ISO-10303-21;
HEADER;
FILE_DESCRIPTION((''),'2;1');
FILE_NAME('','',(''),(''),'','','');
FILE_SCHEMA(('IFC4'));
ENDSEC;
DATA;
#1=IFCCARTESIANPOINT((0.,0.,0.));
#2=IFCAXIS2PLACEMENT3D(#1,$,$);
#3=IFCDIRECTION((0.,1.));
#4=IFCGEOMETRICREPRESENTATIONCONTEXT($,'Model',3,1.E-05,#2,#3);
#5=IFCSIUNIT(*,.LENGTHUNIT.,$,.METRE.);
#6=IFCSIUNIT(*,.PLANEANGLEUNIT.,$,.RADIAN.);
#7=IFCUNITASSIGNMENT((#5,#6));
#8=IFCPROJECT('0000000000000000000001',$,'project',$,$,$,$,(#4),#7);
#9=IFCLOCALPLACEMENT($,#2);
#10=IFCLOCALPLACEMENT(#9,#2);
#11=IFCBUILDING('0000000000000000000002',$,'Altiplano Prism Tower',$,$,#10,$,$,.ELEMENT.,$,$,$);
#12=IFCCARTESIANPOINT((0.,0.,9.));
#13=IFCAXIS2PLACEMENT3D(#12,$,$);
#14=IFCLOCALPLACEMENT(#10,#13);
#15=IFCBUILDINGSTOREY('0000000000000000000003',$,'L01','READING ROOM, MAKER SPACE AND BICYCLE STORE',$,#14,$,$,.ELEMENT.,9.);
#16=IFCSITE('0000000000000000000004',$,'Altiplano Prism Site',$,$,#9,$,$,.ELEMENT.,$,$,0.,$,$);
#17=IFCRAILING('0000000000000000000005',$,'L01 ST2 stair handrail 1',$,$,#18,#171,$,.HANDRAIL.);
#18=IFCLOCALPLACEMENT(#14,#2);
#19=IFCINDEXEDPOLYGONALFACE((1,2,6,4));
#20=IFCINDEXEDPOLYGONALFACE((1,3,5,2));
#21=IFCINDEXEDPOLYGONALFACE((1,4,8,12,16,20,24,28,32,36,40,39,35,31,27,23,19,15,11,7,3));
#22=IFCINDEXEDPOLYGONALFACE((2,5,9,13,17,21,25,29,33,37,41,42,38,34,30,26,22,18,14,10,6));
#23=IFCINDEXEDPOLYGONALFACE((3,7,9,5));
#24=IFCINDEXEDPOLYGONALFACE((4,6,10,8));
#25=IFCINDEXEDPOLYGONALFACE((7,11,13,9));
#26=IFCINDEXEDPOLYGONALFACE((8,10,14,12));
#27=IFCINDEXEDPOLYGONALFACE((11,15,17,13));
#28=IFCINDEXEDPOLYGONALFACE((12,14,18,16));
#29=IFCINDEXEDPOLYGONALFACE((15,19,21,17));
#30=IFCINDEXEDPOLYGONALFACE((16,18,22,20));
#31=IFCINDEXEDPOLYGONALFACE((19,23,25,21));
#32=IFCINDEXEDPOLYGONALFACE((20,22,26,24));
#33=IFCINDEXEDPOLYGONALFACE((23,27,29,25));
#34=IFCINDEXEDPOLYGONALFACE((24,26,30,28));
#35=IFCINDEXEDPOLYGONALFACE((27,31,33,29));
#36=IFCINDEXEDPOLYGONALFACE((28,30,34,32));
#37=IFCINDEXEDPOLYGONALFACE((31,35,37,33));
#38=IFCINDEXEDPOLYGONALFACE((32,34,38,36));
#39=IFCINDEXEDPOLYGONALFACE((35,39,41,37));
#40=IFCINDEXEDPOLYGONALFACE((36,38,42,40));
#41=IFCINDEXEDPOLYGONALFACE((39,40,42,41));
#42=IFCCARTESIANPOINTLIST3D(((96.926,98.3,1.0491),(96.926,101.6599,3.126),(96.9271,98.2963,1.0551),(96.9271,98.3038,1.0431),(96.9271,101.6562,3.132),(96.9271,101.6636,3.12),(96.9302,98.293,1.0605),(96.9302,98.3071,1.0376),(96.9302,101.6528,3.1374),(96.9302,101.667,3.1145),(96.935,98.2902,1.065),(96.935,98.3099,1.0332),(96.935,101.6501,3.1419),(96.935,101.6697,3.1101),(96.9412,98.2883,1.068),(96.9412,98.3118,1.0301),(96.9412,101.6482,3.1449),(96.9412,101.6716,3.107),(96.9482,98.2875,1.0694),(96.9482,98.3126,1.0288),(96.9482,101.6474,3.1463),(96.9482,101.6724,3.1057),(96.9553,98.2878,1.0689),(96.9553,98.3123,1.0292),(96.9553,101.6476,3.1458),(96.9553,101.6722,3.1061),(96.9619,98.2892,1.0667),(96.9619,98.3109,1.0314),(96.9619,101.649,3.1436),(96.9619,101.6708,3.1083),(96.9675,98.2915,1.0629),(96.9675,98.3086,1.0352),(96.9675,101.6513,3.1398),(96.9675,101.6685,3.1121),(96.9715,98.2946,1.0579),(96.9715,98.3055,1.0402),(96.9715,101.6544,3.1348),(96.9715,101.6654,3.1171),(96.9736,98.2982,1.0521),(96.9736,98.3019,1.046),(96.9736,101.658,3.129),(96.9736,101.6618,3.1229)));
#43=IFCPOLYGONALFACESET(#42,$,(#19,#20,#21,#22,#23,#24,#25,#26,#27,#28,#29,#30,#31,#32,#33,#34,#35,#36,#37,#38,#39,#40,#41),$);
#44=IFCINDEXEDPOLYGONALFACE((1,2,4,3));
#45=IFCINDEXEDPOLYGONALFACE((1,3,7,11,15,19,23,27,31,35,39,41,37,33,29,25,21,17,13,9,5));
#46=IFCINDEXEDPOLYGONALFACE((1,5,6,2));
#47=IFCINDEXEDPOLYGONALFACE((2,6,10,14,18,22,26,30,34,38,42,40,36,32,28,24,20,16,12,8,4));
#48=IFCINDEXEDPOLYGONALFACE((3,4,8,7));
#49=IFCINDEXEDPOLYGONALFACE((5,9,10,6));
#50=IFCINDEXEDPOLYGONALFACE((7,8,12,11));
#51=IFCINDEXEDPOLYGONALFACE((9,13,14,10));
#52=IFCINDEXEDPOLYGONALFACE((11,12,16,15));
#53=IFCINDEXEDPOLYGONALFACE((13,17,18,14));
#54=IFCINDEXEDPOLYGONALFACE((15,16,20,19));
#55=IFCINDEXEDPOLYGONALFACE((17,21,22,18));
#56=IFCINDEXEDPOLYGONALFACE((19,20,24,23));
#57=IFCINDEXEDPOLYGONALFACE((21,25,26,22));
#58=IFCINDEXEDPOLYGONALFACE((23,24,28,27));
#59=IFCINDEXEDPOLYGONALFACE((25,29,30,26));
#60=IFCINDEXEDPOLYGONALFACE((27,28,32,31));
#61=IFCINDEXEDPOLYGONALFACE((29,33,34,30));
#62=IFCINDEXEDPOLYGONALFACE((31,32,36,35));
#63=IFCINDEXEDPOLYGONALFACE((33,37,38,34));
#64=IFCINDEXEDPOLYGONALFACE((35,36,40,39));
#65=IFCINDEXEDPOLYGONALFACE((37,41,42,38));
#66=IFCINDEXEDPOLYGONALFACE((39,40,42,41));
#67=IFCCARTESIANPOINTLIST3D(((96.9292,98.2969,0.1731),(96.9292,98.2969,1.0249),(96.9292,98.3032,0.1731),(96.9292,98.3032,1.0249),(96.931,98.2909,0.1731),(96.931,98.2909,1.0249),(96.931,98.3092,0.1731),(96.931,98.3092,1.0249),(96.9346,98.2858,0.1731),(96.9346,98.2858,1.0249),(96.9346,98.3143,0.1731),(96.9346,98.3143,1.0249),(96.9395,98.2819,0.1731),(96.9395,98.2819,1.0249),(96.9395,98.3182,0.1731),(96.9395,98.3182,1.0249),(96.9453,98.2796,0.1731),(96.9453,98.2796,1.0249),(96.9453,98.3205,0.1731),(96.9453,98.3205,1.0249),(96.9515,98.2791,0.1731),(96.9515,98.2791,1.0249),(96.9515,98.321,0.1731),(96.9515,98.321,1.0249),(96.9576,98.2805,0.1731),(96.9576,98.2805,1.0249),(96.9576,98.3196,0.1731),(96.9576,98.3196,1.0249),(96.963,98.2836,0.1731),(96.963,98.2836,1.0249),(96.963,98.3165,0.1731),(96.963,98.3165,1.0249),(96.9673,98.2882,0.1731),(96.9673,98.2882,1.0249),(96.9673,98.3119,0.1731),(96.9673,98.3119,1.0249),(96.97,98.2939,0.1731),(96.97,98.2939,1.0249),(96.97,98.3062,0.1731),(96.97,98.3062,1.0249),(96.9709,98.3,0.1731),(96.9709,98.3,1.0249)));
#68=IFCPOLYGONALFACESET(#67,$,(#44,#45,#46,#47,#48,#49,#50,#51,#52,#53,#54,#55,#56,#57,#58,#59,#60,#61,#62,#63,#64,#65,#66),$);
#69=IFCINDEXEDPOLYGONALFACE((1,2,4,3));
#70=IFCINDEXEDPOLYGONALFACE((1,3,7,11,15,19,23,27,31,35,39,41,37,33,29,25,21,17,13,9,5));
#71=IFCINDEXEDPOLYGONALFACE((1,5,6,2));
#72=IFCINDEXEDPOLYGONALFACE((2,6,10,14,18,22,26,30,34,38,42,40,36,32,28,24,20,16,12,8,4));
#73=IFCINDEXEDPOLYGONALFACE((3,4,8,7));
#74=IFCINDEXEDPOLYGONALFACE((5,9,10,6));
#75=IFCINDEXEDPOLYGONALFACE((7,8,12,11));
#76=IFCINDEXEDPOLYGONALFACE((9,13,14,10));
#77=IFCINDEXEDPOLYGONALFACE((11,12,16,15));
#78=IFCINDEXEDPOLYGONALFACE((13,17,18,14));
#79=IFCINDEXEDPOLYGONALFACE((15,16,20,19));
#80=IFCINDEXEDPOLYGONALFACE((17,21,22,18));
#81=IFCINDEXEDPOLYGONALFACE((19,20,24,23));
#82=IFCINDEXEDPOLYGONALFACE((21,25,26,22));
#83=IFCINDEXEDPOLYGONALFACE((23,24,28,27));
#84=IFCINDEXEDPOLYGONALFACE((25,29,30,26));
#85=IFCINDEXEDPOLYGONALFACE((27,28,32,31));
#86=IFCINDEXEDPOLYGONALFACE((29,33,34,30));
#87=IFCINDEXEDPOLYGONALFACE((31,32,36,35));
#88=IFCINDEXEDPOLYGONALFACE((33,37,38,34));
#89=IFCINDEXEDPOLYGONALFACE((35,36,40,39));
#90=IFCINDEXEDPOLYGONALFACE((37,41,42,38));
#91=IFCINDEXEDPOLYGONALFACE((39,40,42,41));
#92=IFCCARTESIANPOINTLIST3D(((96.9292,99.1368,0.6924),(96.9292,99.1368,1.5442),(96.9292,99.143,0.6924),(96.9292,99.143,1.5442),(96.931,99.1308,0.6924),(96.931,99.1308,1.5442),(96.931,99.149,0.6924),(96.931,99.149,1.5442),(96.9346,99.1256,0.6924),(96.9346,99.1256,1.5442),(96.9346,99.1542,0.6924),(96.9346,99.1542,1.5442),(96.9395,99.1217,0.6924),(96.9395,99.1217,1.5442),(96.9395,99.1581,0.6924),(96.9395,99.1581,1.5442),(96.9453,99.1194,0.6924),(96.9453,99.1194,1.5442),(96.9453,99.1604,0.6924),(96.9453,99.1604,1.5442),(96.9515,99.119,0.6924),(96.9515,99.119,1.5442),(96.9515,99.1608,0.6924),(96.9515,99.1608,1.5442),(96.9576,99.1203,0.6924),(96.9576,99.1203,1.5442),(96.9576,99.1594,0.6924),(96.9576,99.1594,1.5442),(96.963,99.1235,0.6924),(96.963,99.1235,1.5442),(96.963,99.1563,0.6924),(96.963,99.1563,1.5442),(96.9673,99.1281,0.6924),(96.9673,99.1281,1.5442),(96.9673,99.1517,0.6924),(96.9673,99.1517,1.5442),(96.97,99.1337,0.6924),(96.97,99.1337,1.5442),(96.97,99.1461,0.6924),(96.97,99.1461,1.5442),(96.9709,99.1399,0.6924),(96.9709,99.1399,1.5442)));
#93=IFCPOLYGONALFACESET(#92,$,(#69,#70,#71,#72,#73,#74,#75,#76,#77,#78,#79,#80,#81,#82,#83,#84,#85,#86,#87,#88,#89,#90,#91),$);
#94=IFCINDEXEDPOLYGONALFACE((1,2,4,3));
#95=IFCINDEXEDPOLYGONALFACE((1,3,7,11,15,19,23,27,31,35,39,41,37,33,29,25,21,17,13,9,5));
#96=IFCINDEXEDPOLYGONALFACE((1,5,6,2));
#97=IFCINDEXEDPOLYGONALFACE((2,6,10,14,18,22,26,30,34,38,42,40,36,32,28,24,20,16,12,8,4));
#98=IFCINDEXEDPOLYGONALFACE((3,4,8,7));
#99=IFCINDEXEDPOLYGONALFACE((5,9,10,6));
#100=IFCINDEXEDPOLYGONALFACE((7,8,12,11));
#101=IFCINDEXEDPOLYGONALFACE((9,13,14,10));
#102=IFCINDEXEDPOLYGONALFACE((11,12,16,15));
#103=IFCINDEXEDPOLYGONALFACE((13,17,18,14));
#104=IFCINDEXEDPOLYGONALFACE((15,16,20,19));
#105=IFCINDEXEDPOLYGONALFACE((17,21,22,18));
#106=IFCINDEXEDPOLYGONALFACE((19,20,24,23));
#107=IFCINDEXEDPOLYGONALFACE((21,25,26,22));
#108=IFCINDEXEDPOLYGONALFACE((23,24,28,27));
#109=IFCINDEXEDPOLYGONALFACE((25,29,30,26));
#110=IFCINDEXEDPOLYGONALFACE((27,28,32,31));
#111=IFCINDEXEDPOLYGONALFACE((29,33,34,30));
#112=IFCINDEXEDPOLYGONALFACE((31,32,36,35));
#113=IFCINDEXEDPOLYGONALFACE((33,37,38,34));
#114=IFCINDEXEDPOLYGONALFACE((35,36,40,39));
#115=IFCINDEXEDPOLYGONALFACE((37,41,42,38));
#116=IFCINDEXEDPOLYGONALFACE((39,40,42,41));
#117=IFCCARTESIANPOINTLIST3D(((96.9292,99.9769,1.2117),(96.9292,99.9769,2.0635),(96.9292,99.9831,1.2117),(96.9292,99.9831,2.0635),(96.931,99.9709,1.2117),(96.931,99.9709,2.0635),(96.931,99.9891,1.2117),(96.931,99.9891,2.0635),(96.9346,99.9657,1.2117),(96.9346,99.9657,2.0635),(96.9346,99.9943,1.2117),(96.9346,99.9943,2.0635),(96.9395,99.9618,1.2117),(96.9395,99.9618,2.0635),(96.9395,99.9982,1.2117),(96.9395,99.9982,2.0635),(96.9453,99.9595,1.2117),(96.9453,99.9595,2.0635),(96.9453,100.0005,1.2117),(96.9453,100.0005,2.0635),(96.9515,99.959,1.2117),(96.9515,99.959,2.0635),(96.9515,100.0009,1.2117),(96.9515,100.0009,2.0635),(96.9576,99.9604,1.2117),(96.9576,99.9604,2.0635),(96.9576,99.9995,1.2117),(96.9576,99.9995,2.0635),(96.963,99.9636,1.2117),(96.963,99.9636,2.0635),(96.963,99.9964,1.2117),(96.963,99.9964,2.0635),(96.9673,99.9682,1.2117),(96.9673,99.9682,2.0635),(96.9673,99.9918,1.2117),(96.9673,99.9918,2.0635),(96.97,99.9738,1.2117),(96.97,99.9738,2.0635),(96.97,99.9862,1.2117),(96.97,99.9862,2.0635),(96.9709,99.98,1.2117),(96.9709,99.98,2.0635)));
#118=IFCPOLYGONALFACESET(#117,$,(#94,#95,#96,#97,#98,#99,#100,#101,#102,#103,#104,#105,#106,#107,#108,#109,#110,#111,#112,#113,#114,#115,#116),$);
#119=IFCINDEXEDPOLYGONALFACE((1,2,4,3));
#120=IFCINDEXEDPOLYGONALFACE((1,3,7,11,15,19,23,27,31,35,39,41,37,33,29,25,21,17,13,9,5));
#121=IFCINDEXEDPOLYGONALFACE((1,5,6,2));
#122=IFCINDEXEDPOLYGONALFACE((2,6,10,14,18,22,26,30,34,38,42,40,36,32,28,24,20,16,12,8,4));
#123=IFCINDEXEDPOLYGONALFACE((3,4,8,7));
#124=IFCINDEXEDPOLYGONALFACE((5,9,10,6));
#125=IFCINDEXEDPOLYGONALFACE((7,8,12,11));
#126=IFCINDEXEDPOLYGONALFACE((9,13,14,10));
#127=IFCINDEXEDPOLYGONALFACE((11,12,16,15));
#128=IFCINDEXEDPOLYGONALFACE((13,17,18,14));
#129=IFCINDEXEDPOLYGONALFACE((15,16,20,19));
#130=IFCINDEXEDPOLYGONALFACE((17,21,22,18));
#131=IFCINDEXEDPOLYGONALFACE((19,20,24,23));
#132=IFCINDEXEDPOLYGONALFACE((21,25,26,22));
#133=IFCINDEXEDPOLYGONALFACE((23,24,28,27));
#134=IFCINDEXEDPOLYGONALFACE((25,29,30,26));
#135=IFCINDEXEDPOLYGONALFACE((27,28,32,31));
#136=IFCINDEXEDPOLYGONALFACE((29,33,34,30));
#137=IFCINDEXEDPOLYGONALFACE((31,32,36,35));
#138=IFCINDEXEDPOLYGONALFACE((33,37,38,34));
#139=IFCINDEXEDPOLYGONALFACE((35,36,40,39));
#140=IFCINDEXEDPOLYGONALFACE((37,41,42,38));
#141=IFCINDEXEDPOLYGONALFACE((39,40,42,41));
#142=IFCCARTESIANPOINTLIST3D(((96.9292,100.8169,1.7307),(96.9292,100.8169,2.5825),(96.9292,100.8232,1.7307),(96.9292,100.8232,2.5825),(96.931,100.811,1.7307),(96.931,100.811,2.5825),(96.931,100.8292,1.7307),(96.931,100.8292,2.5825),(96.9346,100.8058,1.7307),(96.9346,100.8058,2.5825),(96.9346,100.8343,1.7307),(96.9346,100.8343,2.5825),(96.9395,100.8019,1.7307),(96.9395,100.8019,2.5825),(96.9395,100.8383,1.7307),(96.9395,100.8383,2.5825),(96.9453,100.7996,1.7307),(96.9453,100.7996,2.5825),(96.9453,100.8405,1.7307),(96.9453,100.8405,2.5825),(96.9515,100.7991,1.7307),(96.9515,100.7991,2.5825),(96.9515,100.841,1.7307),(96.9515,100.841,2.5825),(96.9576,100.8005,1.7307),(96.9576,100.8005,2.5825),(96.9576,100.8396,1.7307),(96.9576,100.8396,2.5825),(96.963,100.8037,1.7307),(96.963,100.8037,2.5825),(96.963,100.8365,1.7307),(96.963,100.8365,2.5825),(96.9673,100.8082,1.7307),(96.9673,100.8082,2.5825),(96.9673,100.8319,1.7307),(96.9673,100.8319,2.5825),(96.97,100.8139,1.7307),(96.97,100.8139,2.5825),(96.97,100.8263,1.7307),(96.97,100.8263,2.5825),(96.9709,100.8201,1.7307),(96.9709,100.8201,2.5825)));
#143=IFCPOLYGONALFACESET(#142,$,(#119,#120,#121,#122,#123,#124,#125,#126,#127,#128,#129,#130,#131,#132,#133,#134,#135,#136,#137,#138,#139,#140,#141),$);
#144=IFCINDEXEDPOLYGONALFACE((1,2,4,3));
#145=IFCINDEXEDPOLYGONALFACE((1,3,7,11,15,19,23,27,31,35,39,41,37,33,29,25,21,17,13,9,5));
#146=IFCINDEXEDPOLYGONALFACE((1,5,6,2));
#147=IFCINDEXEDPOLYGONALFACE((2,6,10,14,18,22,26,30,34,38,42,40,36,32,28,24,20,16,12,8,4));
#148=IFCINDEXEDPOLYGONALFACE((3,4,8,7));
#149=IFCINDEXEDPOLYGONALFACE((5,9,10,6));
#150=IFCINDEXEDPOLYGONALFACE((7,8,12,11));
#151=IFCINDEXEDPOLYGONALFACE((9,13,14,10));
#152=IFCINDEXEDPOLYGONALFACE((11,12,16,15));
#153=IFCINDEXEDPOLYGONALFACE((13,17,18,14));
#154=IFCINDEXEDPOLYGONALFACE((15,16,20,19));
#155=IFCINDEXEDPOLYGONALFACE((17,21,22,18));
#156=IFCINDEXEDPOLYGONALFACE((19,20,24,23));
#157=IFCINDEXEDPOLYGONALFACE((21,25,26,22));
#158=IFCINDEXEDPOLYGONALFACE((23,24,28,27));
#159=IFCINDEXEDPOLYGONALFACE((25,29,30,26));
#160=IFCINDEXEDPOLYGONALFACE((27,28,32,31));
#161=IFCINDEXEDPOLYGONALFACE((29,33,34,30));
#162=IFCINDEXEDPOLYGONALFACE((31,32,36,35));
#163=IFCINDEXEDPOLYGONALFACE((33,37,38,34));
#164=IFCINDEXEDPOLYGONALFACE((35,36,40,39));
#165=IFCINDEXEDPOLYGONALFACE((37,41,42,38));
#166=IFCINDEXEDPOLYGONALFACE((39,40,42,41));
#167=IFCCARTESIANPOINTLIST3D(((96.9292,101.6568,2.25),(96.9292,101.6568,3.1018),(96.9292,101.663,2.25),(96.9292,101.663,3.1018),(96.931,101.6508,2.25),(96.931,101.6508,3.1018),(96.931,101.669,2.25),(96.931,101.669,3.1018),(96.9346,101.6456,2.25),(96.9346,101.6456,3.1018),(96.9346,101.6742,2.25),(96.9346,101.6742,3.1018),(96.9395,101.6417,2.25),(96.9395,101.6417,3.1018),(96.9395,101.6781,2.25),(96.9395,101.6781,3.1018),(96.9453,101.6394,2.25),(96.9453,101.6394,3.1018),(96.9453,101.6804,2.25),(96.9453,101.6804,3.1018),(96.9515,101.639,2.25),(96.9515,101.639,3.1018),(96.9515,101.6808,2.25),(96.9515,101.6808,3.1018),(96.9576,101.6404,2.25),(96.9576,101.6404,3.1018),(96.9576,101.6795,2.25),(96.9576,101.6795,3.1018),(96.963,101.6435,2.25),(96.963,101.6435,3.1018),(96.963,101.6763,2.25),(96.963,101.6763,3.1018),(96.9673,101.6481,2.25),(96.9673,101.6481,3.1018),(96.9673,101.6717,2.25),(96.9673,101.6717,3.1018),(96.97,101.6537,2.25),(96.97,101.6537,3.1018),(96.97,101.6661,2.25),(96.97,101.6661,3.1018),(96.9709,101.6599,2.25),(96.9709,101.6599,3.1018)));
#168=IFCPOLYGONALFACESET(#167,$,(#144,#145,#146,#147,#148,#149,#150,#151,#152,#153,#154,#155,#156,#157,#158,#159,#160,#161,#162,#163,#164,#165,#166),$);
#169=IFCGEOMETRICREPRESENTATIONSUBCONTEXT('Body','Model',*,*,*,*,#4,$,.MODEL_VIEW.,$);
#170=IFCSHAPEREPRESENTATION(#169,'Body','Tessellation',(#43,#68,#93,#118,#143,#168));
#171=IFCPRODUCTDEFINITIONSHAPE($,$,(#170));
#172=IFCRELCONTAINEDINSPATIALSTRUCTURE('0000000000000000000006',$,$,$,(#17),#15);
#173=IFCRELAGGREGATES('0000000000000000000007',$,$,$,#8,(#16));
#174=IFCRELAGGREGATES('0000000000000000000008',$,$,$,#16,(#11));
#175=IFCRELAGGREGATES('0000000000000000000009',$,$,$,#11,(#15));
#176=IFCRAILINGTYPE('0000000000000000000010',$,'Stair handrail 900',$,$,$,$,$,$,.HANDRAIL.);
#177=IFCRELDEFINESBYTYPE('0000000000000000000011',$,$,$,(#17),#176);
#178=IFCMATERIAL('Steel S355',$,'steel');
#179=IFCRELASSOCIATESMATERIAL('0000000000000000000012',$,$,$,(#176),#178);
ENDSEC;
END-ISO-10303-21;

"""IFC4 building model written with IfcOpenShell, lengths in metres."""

from ifc_helpers import new_model, si_unit, direction, frame, origin, origin_2d, place, context, subcontext, project, spatial, circle, extrude, material, type_object, element, save


model = new_model("IFC4")

# Units and contexts
model_context = context("Model", 3, precision=1e-05, world=origin(), true_north=direction((0.0, 1.0)))
body_context = subcontext(model_context, "Body", "Model", "MODEL_VIEW")
ifc_project = project(units=[si_unit("LENGTHUNIT", "METRE"), si_unit("PLANEANGLEUNIT", "RADIAN")], contexts=[model_context])

# Site, building, storey
site_placement = place(None, origin())
site = spatial("IfcSite", under=ifc_project, at=site_placement, Name="Altiplano Prism Site", CompositionType="ELEMENT", RefElevation=0.0)
building_placement = place(site_placement, origin())
building = spatial("IfcBuilding", under=site, at=building_placement, Name="Altiplano Prism Tower", CompositionType="ELEMENT")
storey_placement = place(building_placement, frame((0.0, 0.0, 9.0)))
storey = spatial("IfcBuildingStorey", under=building, at=storey_placement, Name="L01", Description="READING ROOM, MAKER SPACE AND BICYCLE STORE", CompositionType="ELEMENT", Elevation=9.0)

# Railing
ifc_material_1 = material(Name="Steel S355", Category="steel")
railing_type = type_object("IfcRailingType", Name="Stair handrail 900", PredefinedType="HANDRAIL", material=ifc_material_1)
railing_placement = place(storey_placement, frame((96.95, 98.3, 0.1731)))
element("IfcRailing", 1, at=railing_placement, inside=storey, type_object=railing_type, Name="L01 ST2 stair handrail 1", PredefinedType="HANDRAIL", context=body_context, shape_type="SweptSolid", body=[
    extrude(circle(Radius=0.0239, at=origin_2d()), frame((0.0, 0.0, 0.876), z_axis=(0.0, 0.850606, 0.525803), x_axis=(-1.0, 0.0, 0.0)), (0.0, 0.0, 1.0), 3.95),
    extrude(circle(Radius=0.021, at=origin_2d()), origin(), (0.0, 0.0, 1.0), 0.8518),
    extrude(circle(Radius=0.021, at=origin_2d()), frame((0.0, 0.8398, 0.5193)), (0.0, 0.0, 1.0), 0.8518),
    extrude(circle(Radius=0.021, at=origin_2d()), frame((0.0, 1.6799, 1.0386)), (0.0, 0.0, 1.0), 0.8518),
    extrude(circle(Radius=0.021, at=origin_2d()), frame((0.0, 2.52, 1.5576)), (0.0, 0.0, 1.0), 0.8518),
    extrude(circle(Radius=0.021, at=origin_2d()), frame((0.0, 3.3599, 2.0769)), (0.0, 0.0, 1.0), 0.8518),
])

save(model, "model.ifc")
